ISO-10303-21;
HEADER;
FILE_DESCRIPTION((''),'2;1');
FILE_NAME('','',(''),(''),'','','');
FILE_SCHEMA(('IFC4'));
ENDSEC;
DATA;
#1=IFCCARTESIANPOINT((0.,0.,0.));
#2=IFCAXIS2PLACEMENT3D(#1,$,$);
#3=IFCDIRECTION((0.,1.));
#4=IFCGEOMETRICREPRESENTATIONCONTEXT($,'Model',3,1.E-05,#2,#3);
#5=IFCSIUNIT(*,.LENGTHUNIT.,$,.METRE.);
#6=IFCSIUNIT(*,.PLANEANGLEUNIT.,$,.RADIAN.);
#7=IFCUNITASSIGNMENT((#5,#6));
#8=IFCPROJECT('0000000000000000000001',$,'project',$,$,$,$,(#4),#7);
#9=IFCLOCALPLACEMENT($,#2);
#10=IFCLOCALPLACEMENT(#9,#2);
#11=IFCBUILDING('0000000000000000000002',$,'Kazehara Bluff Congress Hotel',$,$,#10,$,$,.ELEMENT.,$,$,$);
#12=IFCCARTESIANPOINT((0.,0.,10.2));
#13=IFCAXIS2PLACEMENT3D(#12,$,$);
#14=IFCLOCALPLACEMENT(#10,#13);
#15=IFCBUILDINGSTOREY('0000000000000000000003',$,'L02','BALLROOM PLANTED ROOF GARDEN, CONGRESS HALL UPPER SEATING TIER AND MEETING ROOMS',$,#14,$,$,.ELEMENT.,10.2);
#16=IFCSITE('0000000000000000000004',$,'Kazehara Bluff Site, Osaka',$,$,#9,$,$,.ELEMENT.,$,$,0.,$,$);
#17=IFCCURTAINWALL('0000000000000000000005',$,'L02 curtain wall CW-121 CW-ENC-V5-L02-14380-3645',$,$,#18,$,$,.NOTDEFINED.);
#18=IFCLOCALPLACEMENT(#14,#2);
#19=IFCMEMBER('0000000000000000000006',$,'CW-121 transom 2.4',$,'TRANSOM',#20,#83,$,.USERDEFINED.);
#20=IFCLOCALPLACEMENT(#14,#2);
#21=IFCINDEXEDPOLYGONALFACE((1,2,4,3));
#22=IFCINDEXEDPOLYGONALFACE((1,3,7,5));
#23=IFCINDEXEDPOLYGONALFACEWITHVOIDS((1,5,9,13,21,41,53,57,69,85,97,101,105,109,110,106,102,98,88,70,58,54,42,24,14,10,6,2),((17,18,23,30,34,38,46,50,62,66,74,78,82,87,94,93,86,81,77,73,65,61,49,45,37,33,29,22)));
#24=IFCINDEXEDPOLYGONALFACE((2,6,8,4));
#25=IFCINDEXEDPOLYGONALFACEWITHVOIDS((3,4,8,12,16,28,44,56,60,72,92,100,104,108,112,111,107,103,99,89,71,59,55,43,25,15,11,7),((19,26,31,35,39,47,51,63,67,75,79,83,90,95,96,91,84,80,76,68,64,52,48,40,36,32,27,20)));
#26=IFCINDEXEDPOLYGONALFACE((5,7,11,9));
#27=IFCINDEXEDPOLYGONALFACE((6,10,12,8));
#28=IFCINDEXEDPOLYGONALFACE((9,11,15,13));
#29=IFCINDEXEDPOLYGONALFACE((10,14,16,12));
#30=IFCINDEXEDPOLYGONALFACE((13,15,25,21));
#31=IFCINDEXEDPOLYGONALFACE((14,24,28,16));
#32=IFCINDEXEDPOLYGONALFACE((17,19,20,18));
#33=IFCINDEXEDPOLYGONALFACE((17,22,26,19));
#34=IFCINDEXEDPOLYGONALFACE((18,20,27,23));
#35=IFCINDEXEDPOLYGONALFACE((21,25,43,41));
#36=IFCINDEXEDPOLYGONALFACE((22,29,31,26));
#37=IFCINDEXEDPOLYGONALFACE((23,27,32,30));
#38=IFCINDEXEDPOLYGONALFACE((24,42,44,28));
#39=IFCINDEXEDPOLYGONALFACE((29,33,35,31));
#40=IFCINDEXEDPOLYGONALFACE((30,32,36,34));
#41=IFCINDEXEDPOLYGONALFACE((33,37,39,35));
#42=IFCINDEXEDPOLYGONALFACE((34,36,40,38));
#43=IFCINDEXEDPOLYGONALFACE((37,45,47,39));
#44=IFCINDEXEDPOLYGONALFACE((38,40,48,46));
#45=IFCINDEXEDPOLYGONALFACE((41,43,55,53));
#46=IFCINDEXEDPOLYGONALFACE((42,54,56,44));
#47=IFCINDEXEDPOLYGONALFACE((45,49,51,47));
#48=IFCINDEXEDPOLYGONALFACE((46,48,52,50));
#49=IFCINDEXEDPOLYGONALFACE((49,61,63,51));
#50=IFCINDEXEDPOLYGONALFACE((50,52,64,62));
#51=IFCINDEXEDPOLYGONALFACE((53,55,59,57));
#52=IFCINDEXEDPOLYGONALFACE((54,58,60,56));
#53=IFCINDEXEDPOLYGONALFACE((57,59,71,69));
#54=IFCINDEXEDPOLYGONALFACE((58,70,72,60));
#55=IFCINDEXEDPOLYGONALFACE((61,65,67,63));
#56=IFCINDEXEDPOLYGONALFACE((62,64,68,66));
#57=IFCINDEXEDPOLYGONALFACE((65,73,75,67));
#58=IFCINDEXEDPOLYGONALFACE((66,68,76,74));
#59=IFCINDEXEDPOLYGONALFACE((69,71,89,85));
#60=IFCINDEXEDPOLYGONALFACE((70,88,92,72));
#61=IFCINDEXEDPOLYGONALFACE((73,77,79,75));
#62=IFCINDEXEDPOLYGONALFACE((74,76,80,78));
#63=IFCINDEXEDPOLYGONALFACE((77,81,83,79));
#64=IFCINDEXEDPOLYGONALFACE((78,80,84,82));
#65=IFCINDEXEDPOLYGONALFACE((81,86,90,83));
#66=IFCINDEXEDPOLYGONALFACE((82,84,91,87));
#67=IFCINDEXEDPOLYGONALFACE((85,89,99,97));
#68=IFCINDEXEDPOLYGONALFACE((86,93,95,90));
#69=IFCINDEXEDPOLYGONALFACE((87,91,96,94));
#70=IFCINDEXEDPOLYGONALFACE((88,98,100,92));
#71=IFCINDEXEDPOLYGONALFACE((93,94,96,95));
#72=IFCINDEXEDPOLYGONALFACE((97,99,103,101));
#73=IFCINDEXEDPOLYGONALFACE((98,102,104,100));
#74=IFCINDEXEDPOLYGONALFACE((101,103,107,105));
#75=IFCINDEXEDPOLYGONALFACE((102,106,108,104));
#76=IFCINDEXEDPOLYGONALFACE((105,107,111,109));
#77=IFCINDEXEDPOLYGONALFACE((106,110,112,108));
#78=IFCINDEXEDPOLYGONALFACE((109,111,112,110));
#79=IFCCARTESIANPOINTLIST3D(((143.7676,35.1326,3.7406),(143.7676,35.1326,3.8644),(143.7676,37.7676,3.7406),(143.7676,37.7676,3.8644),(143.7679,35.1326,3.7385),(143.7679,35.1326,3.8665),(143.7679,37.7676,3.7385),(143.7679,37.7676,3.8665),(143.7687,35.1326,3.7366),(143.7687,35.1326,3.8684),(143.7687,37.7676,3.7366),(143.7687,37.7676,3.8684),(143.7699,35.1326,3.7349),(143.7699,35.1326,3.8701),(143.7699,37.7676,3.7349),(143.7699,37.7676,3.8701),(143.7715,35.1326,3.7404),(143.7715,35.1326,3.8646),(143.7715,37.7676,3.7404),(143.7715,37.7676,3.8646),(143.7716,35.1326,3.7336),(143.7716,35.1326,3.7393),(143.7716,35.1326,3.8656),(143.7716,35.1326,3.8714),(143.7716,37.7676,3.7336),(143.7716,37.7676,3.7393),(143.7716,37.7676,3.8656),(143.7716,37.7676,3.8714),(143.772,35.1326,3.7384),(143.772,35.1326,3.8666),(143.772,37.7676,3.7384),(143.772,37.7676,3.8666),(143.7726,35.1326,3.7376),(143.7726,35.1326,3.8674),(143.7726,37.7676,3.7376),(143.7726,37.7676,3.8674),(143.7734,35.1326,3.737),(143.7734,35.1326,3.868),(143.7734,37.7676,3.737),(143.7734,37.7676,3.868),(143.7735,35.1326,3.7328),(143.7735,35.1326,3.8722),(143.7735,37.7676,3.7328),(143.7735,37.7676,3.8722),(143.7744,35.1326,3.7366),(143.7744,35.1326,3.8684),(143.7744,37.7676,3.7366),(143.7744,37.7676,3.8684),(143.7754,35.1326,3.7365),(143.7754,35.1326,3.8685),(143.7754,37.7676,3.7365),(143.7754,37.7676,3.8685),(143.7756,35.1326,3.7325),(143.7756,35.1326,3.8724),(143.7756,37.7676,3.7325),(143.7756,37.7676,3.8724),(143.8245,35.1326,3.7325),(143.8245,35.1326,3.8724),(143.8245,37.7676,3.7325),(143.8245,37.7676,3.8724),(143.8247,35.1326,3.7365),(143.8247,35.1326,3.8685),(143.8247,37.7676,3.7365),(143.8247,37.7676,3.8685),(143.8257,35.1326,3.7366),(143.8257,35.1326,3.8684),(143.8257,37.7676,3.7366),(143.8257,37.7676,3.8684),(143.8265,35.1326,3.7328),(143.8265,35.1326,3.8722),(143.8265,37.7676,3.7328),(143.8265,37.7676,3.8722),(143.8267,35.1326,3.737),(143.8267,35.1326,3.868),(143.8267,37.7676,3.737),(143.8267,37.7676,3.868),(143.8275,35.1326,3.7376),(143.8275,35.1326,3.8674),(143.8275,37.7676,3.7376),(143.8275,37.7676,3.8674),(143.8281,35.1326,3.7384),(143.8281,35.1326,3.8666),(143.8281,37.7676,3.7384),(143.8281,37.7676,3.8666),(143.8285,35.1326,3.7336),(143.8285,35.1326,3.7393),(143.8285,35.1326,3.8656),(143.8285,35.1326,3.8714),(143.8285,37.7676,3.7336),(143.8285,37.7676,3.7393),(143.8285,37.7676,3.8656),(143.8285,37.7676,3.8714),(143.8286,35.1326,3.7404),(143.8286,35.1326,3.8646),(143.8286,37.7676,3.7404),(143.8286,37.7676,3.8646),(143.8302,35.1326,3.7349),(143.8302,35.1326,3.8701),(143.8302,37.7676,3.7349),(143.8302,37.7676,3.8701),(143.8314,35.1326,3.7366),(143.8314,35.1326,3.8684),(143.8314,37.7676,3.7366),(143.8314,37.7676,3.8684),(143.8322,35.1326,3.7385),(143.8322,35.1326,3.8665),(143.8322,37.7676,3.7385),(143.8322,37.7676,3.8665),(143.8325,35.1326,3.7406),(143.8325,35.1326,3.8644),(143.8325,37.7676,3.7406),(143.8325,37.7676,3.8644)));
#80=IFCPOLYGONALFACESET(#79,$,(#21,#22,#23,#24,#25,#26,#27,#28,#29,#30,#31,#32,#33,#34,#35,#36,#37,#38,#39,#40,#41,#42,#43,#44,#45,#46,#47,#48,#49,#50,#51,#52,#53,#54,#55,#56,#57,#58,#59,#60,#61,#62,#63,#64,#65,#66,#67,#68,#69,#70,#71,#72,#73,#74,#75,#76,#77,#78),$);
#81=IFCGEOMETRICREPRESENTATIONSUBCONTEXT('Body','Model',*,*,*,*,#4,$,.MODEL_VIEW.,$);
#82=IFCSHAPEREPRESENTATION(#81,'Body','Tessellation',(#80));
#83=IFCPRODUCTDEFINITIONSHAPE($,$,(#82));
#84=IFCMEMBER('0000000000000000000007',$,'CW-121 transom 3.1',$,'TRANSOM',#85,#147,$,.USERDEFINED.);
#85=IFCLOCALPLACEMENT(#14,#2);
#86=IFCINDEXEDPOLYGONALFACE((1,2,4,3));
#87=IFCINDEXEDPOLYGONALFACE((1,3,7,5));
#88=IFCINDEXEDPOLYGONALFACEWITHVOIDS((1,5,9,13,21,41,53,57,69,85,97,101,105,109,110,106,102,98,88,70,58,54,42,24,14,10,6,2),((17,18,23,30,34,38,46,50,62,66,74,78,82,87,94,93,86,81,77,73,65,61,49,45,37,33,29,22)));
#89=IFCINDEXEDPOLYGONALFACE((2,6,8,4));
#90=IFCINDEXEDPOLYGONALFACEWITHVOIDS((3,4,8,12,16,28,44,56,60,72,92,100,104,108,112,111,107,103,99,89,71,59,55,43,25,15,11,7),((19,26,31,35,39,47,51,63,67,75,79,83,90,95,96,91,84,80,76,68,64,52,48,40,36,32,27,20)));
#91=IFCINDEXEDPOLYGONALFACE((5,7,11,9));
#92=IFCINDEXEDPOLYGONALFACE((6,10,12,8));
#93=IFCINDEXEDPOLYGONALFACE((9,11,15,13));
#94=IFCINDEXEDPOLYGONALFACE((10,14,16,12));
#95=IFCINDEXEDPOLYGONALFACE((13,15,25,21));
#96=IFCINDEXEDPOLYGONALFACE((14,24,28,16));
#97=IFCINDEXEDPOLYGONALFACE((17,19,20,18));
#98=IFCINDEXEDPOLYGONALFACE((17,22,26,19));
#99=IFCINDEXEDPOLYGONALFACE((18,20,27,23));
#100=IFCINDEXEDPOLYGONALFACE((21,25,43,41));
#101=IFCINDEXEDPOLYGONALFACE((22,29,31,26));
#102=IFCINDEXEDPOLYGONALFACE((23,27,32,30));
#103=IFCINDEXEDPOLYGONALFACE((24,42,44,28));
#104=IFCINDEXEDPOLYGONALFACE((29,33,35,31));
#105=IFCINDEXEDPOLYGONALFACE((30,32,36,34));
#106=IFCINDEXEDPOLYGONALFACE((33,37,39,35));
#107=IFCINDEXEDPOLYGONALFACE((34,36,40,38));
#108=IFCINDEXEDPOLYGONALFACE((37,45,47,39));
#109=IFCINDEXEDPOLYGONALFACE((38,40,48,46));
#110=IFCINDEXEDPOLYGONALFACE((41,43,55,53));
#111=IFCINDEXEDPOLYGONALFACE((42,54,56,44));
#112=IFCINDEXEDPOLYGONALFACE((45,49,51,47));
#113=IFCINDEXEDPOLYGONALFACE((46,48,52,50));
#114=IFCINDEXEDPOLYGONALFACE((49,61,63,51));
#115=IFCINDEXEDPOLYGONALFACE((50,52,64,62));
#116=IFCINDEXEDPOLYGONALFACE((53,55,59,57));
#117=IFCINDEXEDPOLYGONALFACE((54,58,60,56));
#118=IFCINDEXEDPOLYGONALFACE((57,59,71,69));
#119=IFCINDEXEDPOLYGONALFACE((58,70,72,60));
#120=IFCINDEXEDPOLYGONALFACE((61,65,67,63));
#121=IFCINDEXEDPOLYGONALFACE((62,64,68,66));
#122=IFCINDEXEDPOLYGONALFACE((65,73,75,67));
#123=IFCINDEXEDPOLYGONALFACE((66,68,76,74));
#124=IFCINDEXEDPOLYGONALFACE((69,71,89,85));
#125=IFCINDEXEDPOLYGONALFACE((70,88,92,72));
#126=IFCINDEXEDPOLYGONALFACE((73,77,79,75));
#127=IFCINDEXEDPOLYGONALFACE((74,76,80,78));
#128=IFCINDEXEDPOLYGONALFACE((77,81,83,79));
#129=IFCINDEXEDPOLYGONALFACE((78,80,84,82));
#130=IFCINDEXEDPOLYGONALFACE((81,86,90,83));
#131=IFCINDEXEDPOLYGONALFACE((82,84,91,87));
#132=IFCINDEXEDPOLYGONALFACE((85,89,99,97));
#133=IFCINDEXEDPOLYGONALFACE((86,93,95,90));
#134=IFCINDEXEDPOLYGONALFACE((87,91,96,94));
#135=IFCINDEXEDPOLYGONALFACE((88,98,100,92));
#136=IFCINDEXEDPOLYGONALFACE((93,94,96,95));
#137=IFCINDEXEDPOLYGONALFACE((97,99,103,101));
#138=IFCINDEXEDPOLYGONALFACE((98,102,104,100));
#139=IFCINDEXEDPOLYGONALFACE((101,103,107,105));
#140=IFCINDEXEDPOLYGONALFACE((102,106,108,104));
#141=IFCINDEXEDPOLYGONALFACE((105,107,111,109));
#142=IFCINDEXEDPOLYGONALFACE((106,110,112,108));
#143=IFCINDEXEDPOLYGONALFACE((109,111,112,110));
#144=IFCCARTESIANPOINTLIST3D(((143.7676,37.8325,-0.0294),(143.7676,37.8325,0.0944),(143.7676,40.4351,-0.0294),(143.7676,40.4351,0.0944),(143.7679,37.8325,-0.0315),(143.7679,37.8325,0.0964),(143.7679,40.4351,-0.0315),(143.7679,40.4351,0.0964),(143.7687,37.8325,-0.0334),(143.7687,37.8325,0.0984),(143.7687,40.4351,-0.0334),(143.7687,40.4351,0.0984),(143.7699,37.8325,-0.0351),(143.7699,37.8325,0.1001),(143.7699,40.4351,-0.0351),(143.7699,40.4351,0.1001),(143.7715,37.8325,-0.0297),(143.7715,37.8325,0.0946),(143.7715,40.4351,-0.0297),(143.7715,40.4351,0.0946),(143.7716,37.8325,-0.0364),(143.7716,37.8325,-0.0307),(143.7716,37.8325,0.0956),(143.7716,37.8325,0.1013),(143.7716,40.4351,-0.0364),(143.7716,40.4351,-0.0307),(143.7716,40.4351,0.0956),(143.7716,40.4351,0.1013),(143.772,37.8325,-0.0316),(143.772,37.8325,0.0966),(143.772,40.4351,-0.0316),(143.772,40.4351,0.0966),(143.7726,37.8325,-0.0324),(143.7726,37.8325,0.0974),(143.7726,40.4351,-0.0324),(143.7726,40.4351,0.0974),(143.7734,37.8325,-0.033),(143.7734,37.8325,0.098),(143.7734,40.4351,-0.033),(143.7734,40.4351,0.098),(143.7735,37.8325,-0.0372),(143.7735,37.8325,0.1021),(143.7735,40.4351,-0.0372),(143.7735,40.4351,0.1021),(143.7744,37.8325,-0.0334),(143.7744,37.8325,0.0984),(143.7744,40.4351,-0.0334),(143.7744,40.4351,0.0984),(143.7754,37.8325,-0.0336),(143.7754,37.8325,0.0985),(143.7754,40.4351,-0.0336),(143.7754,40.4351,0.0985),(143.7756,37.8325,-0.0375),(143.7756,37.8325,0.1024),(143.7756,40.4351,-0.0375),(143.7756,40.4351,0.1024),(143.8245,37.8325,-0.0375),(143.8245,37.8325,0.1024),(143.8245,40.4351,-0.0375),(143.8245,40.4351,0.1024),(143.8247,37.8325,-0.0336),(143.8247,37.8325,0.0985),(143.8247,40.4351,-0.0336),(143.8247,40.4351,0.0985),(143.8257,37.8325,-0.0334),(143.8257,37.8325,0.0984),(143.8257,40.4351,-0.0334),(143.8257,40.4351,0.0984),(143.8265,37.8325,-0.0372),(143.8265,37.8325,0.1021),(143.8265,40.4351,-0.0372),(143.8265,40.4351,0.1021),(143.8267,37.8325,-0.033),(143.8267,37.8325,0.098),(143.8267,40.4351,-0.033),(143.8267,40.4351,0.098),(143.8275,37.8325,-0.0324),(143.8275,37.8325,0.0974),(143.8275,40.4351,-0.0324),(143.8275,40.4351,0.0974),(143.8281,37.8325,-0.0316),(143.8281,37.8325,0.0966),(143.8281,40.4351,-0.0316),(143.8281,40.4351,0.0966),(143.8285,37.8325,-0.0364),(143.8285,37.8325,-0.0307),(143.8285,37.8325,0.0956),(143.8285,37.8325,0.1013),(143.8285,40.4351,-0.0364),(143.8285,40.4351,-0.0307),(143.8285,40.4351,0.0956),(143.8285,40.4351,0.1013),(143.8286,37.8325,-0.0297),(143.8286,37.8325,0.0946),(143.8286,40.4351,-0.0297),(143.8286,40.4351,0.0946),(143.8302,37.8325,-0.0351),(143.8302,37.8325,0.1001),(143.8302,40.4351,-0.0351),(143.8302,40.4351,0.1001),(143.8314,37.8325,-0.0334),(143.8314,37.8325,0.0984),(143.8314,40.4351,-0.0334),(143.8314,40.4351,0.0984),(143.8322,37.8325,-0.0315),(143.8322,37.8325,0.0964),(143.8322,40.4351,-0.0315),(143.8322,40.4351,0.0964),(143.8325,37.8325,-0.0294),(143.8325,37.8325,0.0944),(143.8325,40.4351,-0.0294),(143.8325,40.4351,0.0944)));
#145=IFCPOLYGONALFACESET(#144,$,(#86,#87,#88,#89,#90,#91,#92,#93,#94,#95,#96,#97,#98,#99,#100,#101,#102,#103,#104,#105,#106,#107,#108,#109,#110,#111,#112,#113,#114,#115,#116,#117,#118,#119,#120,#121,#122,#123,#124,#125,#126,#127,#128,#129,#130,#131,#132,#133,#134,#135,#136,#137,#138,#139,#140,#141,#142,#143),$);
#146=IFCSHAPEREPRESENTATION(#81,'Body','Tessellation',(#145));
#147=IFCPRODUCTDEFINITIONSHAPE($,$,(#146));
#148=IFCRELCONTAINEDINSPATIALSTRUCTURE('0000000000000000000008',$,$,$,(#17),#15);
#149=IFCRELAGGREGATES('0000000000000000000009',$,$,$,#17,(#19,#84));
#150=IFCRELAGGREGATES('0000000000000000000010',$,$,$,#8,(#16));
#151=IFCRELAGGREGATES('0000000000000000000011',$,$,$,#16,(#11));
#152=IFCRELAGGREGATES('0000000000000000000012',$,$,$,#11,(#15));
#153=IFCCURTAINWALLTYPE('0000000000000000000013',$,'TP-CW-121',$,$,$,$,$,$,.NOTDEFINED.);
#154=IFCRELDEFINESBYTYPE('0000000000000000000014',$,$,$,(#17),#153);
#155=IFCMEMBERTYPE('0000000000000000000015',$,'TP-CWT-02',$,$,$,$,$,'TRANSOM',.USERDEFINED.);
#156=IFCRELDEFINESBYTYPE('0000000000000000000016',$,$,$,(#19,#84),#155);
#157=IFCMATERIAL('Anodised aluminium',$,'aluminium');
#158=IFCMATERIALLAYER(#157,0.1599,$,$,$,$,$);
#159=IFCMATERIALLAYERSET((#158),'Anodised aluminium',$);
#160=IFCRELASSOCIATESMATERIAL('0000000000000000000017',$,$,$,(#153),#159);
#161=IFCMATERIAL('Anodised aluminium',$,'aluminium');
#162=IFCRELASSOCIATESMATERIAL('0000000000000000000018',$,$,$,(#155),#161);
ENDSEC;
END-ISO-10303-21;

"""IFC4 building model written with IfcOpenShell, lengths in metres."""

from ifc_helpers import new_model, si_unit, direction, frame, origin, origin_2d, place, context, subcontext, project, spatial, hollow_rectangle, extrude, material, layer, layer_set, material_profile, profile_set, type_object, element, aggregate, save


model = new_model("IFC4")

# Units and contexts
model_context = context("Model", 3, precision=1e-05, world=origin(), true_north=direction((0.0, 1.0)))
body_context = subcontext(model_context, "Body", "Model", "MODEL_VIEW")
ifc_project = project(units=[si_unit("LENGTHUNIT", "METRE"), si_unit("PLANEANGLEUNIT", "RADIAN")], contexts=[model_context])

# Site, building, storey
site_placement = place(None, origin())
site = spatial("IfcSite", under=ifc_project, at=site_placement, Name="Kazehara Bluff Site, Osaka", CompositionType="ELEMENT", RefElevation=0.0)
building_placement = place(site_placement, origin())
building = spatial("IfcBuilding", under=site, at=building_placement, Name="Kazehara Bluff Congress Hotel", CompositionType="ELEMENT")
storey_placement = place(building_placement, frame((0.0, 0.0, 10.2)))
storey = spatial("IfcBuildingStorey", under=building, at=storey_placement, Name="L02", Description="BALLROOM PLANTED ROOF GARDEN, CONGRESS HALL UPPER SEATING TIER AND MEETING ROOMS", CompositionType="ELEMENT", Elevation=10.2)

# Curtain wall
ifc_material_1 = material(Name="Anodised aluminium", Category="aluminium")
ifc_layer_1 = layer(ifc_material_1, 0.1599)
ifc_layer_set_1 = layer_set([ifc_layer_1], Name="Anodised aluminium")
curtain_wall_type_1 = type_object("IfcCurtainWallType", Name="TP-CW-121", PredefinedType="NOTDEFINED", material=ifc_layer_set_1)
curtain_wall_1_placement = place(storey_placement, origin())
curtain_wall_1 = element("IfcCurtainWall", 1, at=curtain_wall_1_placement, inside=storey, type_object=curtain_wall_type_1, Name="L02 curtain wall CW-121 CW-ENC-V5-L02-14380-3645", PredefinedType="NOTDEFINED")

# Members
ifc_material_2 = material(Name="Anodised aluminium", Category="aluminium")
ifc_material_profile_1 = material_profile(ifc_material_2, hollow_rectangle(XDim=0.0649, YDim=0.1399, WallThickness=0.0039, InnerFilletRadius=0.0039, OuterFilletRadius=0.0081, at=origin_2d()))
ifc_profile_set_1 = profile_set([ifc_material_profile_1], Name="Anodised aluminium")
member_type_1 = type_object("IfcMemberType", Name="TP-CWT-02", ElementType="TRANSOM", PredefinedType="USERDEFINED", material=ifc_profile_set_1)
member_1_placement = place(storey_placement, frame((143.8, 35.1326, 3.8025), z_axis=(0.0, 1.0, 0.0), x_axis=(-1.0, 0.0, 0.0)))
member_1 = element("IfcMember", 2, at=member_1_placement, type_object=member_type_1, Name="CW-121 transom 2.4", ObjectType="TRANSOM", PredefinedType="USERDEFINED", context=body_context, shape_type="SweptSolid", body=[
    extrude(hollow_rectangle(XDim=0.0649, YDim=0.1399, WallThickness=0.0039, InnerFilletRadius=0.0039, OuterFilletRadius=0.0081, at=origin_2d()), origin(), (0.0, 0.0, 1.0), 2.635),
])
member_2_placement = place(storey_placement, frame((143.8, 37.8325, 0.0325), z_axis=(0.0, 1.0, 0.0), x_axis=(-1.0, 0.0, 0.0)))
member_2 = element("IfcMember", 3, at=member_2_placement, type_object=member_type_1, Name="CW-121 transom 3.1", ObjectType="TRANSOM", PredefinedType="USERDEFINED", context=body_context, shape_type="SweptSolid", body=[
    extrude(hollow_rectangle(XDim=0.0649, YDim=0.1399, WallThickness=0.0039, InnerFilletRadius=0.0039, OuterFilletRadius=0.0081, at=origin_2d()), origin(), (0.0, 0.0, 1.0), 2.6025),
])

aggregate(curtain_wall_1, [member_1, member_2])

save(model, "model.ifc")
